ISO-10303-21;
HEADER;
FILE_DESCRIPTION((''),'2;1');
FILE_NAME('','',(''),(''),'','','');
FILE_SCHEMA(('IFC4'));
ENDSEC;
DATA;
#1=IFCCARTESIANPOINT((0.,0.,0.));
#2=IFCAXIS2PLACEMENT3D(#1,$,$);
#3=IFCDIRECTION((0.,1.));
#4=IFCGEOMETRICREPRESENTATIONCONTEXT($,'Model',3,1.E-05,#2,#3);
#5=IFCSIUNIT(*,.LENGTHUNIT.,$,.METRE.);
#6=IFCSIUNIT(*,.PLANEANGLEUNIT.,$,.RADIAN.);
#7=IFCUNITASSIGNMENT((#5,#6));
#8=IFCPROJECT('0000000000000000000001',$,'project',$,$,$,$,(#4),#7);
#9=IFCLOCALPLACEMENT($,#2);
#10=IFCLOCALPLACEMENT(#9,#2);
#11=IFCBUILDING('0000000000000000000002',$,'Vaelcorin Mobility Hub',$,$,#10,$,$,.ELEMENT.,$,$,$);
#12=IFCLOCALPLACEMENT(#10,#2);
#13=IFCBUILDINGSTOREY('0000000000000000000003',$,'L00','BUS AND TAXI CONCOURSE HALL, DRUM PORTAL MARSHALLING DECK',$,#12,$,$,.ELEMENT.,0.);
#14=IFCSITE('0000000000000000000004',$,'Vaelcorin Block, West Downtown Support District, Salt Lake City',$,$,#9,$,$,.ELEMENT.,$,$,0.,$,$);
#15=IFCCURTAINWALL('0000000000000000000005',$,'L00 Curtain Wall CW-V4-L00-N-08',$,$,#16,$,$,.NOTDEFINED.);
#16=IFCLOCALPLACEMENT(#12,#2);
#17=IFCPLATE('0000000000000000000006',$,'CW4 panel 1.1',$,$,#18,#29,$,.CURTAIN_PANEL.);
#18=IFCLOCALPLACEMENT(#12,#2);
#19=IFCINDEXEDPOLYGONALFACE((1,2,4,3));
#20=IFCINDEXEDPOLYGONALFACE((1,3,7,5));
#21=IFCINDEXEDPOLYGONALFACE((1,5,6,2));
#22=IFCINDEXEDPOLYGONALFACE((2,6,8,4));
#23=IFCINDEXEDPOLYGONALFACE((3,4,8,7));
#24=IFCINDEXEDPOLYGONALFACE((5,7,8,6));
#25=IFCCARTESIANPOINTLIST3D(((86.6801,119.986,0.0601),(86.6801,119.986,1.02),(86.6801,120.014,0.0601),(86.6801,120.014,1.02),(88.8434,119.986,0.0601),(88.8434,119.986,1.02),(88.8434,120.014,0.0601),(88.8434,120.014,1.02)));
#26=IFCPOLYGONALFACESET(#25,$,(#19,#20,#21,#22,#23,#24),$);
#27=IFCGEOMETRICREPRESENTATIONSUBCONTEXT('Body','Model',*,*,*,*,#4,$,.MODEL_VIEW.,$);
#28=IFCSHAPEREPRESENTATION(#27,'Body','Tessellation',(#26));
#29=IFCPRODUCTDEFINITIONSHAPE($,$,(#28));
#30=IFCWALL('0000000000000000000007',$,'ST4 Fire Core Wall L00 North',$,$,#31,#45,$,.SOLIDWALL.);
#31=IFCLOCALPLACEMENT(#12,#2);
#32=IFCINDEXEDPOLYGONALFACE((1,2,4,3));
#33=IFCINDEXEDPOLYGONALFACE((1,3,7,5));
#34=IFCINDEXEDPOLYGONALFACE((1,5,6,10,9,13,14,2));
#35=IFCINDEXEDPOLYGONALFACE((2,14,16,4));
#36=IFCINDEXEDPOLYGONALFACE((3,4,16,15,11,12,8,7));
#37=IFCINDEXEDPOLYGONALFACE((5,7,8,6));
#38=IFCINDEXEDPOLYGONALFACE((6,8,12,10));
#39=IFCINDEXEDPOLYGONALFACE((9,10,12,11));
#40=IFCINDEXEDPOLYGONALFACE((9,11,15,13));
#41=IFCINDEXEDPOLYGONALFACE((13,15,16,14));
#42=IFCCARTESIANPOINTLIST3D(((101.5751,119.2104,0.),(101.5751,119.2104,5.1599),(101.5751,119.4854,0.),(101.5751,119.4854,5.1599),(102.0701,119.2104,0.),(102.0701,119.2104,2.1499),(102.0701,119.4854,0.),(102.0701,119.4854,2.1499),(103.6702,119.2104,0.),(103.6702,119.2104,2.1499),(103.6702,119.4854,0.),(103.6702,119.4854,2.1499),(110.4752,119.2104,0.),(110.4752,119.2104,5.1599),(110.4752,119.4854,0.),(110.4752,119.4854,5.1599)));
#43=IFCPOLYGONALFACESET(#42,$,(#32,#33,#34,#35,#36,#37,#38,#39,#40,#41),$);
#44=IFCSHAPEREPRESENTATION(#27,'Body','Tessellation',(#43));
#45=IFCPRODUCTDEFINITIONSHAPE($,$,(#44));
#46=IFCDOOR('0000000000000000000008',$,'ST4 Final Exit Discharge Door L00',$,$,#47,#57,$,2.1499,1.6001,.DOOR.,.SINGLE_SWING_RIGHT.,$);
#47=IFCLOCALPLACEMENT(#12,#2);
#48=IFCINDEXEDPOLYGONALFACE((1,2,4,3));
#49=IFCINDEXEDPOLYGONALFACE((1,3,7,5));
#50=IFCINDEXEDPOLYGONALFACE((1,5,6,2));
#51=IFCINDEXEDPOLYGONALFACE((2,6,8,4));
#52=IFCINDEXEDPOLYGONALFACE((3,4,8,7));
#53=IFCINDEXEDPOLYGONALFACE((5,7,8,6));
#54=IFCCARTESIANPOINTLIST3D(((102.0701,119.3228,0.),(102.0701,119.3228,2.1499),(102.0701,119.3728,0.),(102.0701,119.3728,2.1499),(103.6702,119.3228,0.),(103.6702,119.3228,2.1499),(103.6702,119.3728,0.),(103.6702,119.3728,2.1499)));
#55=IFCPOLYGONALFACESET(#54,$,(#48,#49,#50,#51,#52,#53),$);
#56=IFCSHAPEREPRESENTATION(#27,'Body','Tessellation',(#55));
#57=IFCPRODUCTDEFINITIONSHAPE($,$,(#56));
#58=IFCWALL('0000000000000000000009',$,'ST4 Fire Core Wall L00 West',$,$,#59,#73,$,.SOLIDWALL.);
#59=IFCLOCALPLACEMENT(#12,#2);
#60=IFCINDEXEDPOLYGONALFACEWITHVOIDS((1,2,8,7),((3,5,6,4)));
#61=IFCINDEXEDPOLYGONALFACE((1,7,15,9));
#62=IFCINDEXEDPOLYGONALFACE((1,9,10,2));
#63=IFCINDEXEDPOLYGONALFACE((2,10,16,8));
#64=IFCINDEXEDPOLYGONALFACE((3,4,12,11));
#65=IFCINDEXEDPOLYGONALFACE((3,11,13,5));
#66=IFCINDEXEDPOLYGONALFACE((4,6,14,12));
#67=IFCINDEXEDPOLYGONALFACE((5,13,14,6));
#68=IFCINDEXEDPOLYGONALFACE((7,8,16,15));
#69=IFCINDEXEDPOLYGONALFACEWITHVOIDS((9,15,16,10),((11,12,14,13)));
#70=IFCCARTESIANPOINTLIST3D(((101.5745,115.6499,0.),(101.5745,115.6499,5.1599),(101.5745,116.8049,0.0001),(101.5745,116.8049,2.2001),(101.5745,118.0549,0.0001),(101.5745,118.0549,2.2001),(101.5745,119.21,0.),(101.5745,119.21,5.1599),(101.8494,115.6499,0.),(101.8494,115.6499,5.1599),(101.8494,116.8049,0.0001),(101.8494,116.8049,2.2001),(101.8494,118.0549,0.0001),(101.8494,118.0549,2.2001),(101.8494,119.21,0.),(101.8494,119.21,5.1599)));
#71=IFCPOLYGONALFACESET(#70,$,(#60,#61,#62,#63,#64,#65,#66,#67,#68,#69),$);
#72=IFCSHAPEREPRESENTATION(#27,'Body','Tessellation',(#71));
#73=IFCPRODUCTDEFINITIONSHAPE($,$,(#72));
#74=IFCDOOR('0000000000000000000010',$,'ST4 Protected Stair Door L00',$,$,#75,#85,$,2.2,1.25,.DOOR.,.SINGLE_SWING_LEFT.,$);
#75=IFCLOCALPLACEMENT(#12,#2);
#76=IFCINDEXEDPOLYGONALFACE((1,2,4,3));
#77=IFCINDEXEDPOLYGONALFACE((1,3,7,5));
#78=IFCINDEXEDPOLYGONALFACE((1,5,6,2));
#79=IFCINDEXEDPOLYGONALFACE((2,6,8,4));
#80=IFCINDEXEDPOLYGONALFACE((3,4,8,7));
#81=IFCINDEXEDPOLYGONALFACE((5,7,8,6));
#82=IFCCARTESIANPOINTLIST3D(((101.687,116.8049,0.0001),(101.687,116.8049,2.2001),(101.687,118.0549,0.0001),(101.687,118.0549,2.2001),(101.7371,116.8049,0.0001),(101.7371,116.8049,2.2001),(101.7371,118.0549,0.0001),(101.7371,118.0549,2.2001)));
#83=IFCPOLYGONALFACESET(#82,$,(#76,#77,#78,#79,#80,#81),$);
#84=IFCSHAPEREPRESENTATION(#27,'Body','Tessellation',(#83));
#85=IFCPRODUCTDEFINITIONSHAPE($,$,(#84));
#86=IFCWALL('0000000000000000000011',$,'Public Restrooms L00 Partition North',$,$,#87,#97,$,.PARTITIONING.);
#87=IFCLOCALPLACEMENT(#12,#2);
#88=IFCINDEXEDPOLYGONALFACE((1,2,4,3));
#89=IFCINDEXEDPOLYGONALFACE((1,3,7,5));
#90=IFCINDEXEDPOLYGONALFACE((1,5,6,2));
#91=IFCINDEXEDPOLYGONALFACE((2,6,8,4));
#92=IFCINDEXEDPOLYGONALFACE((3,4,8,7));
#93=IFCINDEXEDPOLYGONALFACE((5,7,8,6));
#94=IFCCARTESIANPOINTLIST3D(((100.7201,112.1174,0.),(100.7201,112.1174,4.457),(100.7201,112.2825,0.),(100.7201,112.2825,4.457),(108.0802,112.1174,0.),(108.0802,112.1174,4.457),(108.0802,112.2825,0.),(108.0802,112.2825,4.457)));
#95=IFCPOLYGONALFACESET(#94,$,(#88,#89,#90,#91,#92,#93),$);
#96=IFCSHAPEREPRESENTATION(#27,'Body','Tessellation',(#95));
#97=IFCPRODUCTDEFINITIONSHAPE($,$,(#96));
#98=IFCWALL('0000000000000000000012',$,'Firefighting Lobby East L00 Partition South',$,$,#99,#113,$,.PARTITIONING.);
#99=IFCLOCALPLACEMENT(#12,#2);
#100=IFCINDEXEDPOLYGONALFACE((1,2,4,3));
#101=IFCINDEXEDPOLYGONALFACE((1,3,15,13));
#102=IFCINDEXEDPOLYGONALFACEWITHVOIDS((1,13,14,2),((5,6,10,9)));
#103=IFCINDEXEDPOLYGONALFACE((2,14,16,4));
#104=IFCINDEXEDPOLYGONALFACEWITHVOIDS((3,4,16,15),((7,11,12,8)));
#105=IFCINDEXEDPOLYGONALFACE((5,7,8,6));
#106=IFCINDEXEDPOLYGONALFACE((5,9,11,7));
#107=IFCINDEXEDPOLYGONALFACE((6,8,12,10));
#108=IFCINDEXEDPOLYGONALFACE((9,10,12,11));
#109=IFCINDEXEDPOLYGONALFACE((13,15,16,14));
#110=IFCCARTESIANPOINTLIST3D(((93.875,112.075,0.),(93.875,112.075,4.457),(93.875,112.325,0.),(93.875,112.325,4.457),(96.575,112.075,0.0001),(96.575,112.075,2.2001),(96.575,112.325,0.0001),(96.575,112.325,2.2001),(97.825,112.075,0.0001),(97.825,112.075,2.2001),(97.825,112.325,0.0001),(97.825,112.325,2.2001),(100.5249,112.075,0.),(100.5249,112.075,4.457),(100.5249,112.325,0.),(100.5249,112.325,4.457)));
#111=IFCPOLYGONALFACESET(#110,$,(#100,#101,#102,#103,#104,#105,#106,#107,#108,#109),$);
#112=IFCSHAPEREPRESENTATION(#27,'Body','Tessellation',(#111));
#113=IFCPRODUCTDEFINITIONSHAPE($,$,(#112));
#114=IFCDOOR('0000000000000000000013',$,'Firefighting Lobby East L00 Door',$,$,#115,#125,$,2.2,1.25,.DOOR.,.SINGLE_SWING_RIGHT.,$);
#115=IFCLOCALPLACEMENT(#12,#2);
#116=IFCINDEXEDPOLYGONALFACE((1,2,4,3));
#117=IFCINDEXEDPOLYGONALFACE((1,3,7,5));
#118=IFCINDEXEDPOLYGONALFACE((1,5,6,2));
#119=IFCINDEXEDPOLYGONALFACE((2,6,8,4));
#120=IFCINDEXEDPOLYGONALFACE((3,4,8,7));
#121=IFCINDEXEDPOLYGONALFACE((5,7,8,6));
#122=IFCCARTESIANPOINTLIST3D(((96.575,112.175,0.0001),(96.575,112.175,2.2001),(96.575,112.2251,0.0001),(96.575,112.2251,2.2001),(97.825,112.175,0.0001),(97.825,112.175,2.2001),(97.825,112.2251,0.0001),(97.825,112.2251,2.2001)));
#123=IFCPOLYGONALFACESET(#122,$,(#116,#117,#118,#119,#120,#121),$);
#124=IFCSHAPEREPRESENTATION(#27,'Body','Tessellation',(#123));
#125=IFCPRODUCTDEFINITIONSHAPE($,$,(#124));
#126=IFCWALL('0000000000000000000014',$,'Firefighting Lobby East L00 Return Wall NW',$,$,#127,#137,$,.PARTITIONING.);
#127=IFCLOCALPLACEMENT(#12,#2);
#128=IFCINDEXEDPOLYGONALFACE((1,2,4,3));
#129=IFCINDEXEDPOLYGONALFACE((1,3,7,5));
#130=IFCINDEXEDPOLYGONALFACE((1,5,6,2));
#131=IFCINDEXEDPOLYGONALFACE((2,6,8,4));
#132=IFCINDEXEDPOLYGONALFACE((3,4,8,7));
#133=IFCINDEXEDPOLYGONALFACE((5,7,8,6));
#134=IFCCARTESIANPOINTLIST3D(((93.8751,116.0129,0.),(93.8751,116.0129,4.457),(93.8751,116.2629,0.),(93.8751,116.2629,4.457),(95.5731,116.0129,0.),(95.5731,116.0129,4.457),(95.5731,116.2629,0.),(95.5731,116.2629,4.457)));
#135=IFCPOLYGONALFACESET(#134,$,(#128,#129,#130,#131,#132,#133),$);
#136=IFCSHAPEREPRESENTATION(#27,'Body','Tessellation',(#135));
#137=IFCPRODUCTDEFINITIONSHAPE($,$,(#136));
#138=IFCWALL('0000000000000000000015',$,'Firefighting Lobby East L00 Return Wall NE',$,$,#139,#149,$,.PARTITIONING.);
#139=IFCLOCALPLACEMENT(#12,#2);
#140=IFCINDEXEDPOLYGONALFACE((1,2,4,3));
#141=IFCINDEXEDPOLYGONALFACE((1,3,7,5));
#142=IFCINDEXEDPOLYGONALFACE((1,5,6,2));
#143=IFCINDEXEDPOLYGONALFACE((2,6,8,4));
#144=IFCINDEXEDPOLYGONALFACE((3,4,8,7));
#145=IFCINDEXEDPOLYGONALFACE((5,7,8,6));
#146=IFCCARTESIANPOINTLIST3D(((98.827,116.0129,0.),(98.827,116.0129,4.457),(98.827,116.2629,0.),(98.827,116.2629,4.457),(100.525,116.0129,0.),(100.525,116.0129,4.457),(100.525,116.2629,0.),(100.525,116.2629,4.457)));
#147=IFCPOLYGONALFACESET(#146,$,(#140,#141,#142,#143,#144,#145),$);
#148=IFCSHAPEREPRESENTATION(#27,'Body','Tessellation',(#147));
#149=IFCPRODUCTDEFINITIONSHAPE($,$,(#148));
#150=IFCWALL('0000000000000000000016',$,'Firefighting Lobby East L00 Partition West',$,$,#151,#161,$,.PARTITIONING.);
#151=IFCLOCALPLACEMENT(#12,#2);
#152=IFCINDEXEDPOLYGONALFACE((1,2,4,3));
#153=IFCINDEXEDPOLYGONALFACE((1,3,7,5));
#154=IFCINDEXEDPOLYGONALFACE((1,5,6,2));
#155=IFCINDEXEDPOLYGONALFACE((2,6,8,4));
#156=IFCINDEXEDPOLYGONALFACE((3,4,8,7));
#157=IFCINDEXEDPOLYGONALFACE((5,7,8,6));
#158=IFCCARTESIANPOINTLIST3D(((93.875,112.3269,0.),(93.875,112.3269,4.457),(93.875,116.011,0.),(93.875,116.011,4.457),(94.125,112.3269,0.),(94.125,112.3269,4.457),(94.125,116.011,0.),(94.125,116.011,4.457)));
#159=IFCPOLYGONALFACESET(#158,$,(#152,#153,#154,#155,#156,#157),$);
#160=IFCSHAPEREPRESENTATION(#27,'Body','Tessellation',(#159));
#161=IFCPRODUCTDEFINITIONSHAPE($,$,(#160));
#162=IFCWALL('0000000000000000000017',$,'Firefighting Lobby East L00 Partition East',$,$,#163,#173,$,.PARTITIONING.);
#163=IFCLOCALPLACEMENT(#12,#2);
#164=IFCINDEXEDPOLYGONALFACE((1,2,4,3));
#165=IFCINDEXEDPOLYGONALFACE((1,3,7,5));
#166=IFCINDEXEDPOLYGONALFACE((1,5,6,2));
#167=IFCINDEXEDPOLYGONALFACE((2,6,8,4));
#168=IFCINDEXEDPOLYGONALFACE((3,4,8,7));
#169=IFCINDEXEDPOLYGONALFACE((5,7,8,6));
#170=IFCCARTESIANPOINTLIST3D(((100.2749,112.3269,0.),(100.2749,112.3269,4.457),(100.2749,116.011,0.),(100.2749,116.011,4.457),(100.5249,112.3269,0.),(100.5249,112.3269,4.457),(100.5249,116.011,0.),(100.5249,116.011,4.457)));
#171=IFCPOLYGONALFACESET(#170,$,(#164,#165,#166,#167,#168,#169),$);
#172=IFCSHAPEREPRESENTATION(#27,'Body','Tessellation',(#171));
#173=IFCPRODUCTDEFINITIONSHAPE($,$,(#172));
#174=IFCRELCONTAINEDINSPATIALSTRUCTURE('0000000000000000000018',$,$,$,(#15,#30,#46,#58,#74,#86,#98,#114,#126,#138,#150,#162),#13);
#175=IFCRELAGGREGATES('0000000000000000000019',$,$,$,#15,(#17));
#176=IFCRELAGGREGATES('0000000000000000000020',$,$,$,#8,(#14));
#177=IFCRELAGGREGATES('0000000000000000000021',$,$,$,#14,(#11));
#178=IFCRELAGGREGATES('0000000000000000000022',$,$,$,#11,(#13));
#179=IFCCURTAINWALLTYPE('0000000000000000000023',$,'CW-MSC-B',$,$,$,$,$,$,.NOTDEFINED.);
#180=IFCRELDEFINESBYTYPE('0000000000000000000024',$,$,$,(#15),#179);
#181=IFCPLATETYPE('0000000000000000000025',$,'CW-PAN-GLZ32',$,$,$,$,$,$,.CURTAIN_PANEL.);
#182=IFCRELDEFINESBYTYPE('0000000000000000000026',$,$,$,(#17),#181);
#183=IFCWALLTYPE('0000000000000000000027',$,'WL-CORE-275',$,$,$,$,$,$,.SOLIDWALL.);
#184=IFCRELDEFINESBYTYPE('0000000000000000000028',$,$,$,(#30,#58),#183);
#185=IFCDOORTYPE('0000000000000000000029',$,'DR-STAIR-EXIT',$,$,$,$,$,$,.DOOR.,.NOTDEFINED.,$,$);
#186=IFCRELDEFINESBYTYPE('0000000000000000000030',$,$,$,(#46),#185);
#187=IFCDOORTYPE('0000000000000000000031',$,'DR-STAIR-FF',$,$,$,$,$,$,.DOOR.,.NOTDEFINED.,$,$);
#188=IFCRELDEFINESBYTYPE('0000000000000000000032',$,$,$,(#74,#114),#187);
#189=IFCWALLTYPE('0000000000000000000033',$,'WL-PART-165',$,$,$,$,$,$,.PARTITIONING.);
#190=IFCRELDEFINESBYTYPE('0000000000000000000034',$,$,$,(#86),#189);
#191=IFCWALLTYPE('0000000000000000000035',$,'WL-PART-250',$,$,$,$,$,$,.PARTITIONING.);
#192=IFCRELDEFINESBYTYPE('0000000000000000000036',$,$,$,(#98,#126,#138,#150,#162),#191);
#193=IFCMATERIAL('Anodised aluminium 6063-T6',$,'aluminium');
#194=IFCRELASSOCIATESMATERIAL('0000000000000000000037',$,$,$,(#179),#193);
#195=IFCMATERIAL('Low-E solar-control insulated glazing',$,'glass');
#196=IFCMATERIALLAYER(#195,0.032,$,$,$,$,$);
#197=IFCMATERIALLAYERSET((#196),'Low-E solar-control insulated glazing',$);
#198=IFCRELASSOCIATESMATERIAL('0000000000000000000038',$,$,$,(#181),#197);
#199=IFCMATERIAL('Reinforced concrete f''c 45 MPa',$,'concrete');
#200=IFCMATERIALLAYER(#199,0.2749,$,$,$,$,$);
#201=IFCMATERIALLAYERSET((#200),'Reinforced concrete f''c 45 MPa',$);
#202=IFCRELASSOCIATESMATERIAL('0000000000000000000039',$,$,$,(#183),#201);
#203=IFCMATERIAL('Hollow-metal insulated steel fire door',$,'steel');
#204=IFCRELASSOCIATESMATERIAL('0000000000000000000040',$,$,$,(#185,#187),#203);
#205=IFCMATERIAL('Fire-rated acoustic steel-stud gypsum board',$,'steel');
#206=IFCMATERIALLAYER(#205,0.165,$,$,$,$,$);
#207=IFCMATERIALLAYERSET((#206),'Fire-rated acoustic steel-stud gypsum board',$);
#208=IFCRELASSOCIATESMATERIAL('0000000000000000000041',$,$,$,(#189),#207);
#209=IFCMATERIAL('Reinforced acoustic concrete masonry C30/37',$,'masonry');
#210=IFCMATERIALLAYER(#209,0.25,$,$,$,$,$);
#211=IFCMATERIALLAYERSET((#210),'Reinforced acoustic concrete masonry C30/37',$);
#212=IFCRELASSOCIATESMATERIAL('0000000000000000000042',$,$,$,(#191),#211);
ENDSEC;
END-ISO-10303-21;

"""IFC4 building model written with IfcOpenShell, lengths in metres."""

from ifc_helpers import new_model, si_unit, direction, frame, frame_2d, origin, origin_2d, place, context, subcontext, project, spatial, rectangle, extrude, material, layer, layer_set, type_object, element, fill, aggregate, save


model = new_model("IFC4")

# Units and contexts
model_context = context("Model", 3, precision=1e-05, world=origin(), true_north=direction((0.0, 1.0)))
body_context = subcontext(model_context, "Body", "Model", "MODEL_VIEW")
ifc_project = project(units=[si_unit("LENGTHUNIT", "METRE"), si_unit("PLANEANGLEUNIT", "RADIAN")], contexts=[model_context])

# Site, building, storey
site_placement = place(None, origin())
site = spatial("IfcSite", under=ifc_project, at=site_placement, Name="Vaelcorin Block, West Downtown Support District, Salt Lake City", CompositionType="ELEMENT", RefElevation=0.0)
building_placement = place(site_placement, origin())
building = spatial("IfcBuilding", under=site, at=building_placement, Name="Vaelcorin Mobility Hub", CompositionType="ELEMENT")
storey_placement = place(building_placement, origin())
storey = spatial("IfcBuildingStorey", under=building, at=storey_placement, Name="L00", Description="BUS AND TAXI CONCOURSE HALL, DRUM PORTAL MARSHALLING DECK", CompositionType="ELEMENT", Elevation=0.0)

# Curtain wall, plate
ifc_material_1 = material(Name="Anodised aluminium 6063-T6", Category="aluminium")
curtain_wall_type = type_object("IfcCurtainWallType", Name="CW-MSC-B", PredefinedType="NOTDEFINED", material=ifc_material_1)
curtain_wall_placement = place(storey_placement, origin())
curtain_wall = element("IfcCurtainWall", 1, at=curtain_wall_placement, inside=storey, type_object=curtain_wall_type, Name="L00 Curtain Wall CW-V4-L00-N-08", PredefinedType="NOTDEFINED")
ifc_material_2 = material(Name="Low-E solar-control insulated glazing", Category="glass")
ifc_layer_1 = layer(ifc_material_2, 0.032)
ifc_layer_set_1 = layer_set([ifc_layer_1], Name="Low-E solar-control insulated glazing")
plate_type = type_object("IfcPlateType", Name="CW-PAN-GLZ32", PredefinedType="CURTAIN_PANEL", material=ifc_layer_set_1)
plate_placement = place(storey_placement, frame((87.7617, 120.0, 0.0601), z_axis=(0.0, 0.0, 1.0), x_axis=(1.0, 0.0, 0.0)))
plate = element("IfcPlate", 2, at=plate_placement, type_object=plate_type, Name="CW4 panel 1.1", PredefinedType="CURTAIN_PANEL", context=body_context, shape_type="SweptSolid", body=[
    extrude(rectangle(XDim=2.1633, YDim=0.0281, at=origin_2d()), origin(), (0.0, 0.0, 1.0), 0.96),
])
aggregate(curtain_wall, [plate])

# Walls, openings, doors
ifc_material_3 = material(Name="Reinforced concrete f'c 45 MPa", Category="concrete")
ifc_layer_2 = layer(ifc_material_3, 0.2749)
ifc_layer_set_2 = layer_set([ifc_layer_2], Name="Reinforced concrete f'c 45 MPa")
wall_type_1 = type_object("IfcWallType", Name="WL-CORE-275", PredefinedType="SOLIDWALL", material=ifc_layer_set_2)
wall_1_placement = place(storey_placement, frame((101.575, 119.3479, 0.0), z_axis=(0.0, 0.0, 1.0), x_axis=(1.0, 0.0, 0.0)))
wall_1 = element("IfcWall", 3, at=wall_1_placement, inside=storey, type_object=wall_type_1, Name="ST4 Fire Core Wall L00 North", PredefinedType="SOLIDWALL", context=body_context, shape_type="SweptSolid", body=[
    extrude(rectangle(XDim=8.9001, YDim=0.2749, at=frame_2d((4.4502, 0.0))), origin(), (0.0, 0.0, 1.0), 5.1599),
])
opening_1_placement = place(wall_1_placement, frame((0.4951, 0.0, 0.0)))
opening_1 = element("IfcOpeningElement", 4, at=opening_1_placement, cuts=wall_1, PredefinedType="OPENING", context=body_context, shape_type="SweptSolid", body=[
    extrude(rectangle(XDim=1.6001, YDim=2.1499, at=frame_2d((0.8, 1.075))), frame((0.0, 0.1475, 0.0), z_axis=(0.0, -1.0, 0.0), x_axis=(1.0, 0.0, 0.0)), (0.0, 0.0, 1.0), 0.2949),
])
ifc_material_4 = material(Name="Hollow-metal insulated steel fire door", Category="steel")
door_type_1 = type_object("IfcDoorType", Name="DR-STAIR-EXIT", OperationType="NOTDEFINED", PredefinedType="DOOR", material=ifc_material_4)
door_1_placement = place(opening_1_placement, origin())
door_1 = element("IfcDoor", 5, at=door_1_placement, inside=storey, type_object=door_type_1, Name="ST4 Final Exit Discharge Door L00", OperationType="SINGLE_SWING_RIGHT", OverallHeight=2.1499, OverallWidth=1.6001, PredefinedType="DOOR", context=body_context, shape_type="SweptSolid", body=[
    extrude(rectangle(XDim=1.6001, YDim=2.1499, at=frame_2d((0.8, 1.075))), frame((0.0, 0.0249, 0.0), z_axis=(0.0, -1.0, 0.0), x_axis=(1.0, 0.0, 0.0)), (0.0, 0.0, 1.0), 0.05),
])
fill(opening_1, door_1)
wall_2_placement = place(storey_placement, frame((101.7119, 115.6499, 0.0), z_axis=(0.0, 0.0, 1.0), x_axis=(0.0, 1.0, 0.0)))
wall_2 = element("IfcWall", 6, at=wall_2_placement, inside=storey, type_object=wall_type_1, Name="ST4 Fire Core Wall L00 West", PredefinedType="SOLIDWALL", context=body_context, shape_type="SweptSolid", body=[
    extrude(rectangle(XDim=3.5601, YDim=0.2749, at=frame_2d((1.78, 0.0))), origin(), (0.0, 0.0, 1.0), 5.1599),
])
opening_2_placement = place(wall_2_placement, frame((1.155, 0.0, 0.0)))
opening_2 = element("IfcOpeningElement", 7, at=opening_2_placement, cuts=wall_2, PredefinedType="OPENING", context=body_context, shape_type="SweptSolid", body=[
    extrude(rectangle(XDim=1.25, YDim=2.2, at=frame_2d((0.625, 1.1001))), frame((0.0, 0.1475, 0.0), z_axis=(0.0, -1.0, 0.0), x_axis=(1.0, 0.0, 0.0)), (0.0, 0.0, 1.0), 0.2949),
])
door_type_2 = type_object("IfcDoorType", Name="DR-STAIR-FF", OperationType="NOTDEFINED", PredefinedType="DOOR", material=ifc_material_4)
door_2_placement = place(opening_2_placement, origin())
door_2 = element("IfcDoor", 8, at=door_2_placement, inside=storey, type_object=door_type_2, Name="ST4 Protected Stair Door L00", OperationType="SINGLE_SWING_LEFT", OverallHeight=2.2, OverallWidth=1.25, PredefinedType="DOOR", context=body_context, shape_type="SweptSolid", body=[
    extrude(rectangle(XDim=1.25, YDim=2.2, at=frame_2d((0.625, 1.1001))), frame((0.0, 0.0249, 0.0), z_axis=(0.0, -1.0, 0.0), x_axis=(1.0, 0.0, 0.0)), (0.0, 0.0, 1.0), 0.05),
])
fill(opening_2, door_2)

# Wall
ifc_material_5 = material(Name="Fire-rated acoustic steel-stud gypsum board", Category="steel")
ifc_layer_3 = layer(ifc_material_5, 0.165)
ifc_layer_set_3 = layer_set([ifc_layer_3], Name="Fire-rated acoustic steel-stud gypsum board")
wall_type_2 = type_object("IfcWallType", Name="WL-PART-165", PredefinedType="PARTITIONING", material=ifc_layer_set_3)
wall_3_placement = place(storey_placement, frame((100.72, 112.2, 0.0), z_axis=(0.0, 0.0, 1.0), x_axis=(1.0, 0.0, 0.0)))
element("IfcWall", 9, at=wall_3_placement, inside=storey, type_object=wall_type_2, Name="Public Restrooms L00 Partition North", PredefinedType="PARTITIONING", context=body_context, shape_type="SweptSolid", body=[
    extrude(rectangle(XDim=7.3601, YDim=0.165, at=frame_2d((3.6802, 0.0))), origin(), (0.0, 0.0, 1.0), 4.457),
])

# Wall, opening, door
ifc_material_6 = material(Name="Reinforced acoustic concrete masonry C30/37", Category="masonry")
ifc_layer_4 = layer(ifc_material_6, 0.25)
ifc_layer_set_4 = layer_set([ifc_layer_4], Name="Reinforced acoustic concrete masonry C30/37")
wall_type_3 = type_object("IfcWallType", Name="WL-PART-250", PredefinedType="PARTITIONING", material=ifc_layer_set_4)
wall_4_placement = place(storey_placement, frame((100.5249, 112.2, 0.0), z_axis=(0.0, 0.0, 1.0), x_axis=(-1.0, 0.0, 0.0)))
wall_4 = element("IfcWall", 10, at=wall_4_placement, inside=storey, type_object=wall_type_3, Name="Firefighting Lobby East L00 Partition South", PredefinedType="PARTITIONING", context=body_context, shape_type="SweptSolid", body=[
    extrude(rectangle(XDim=6.6499, YDim=0.25, at=frame_2d((3.325, 0.0))), origin(), (0.0, 0.0, 1.0), 4.457),
])
opening_3_placement = place(wall_4_placement, frame((2.7, 0.0, 0.0)))
opening_3 = element("IfcOpeningElement", 11, at=opening_3_placement, cuts=wall_4, PredefinedType="OPENING", context=body_context, shape_type="SweptSolid", body=[
    extrude(rectangle(XDim=1.25, YDim=2.2, at=frame_2d((0.625, 1.1001))), frame((0.0, 0.135, 0.0), z_axis=(0.0, -1.0, 0.0), x_axis=(1.0, 0.0, 0.0)), (0.0, 0.0, 1.0), 0.27),
])
door_3_placement = place(opening_3_placement, origin())
door_3 = element("IfcDoor", 12, at=door_3_placement, inside=storey, type_object=door_type_2, Name="Firefighting Lobby East L00 Door", OperationType="SINGLE_SWING_RIGHT", OverallHeight=2.2, OverallWidth=1.25, PredefinedType="DOOR", context=body_context, shape_type="SweptSolid", body=[
    extrude(rectangle(XDim=1.25, YDim=2.2, at=frame_2d((0.625, 1.1001))), frame((0.0, 0.0249, 0.0), z_axis=(0.0, -1.0, 0.0), x_axis=(1.0, 0.0, 0.0)), (0.0, 0.0, 1.0), 0.05),
])
fill(opening_3, door_3)

# Walls
for number, where, z_axis, x_axis, name in (
    (13, (93.875, 116.1379, 0.0), (0.0, 0.0, 1.0), (1.0, 0.0, 0.0), "Firefighting Lobby East L00 Return Wall NW"),
    (14, (98.8269, 116.1379, 0.0), (0.0, 0.0, 1.0), (1.0, 0.0, 0.0), "Firefighting Lobby East L00 Return Wall NE"),
):
    element("IfcWall", number, at=place(storey_placement, frame(where, z_axis=z_axis, x_axis=x_axis)), inside=storey, type_object=wall_type_3, Name=name, PredefinedType="PARTITIONING", context=body_context, shape_type="SweptSolid", body=[
        extrude(rectangle(XDim=1.698, YDim=0.25, at=frame_2d((0.8491, 0.0))), origin(), (0.0, 0.0, 1.0), 4.457),
    ])
for number, where, z_axis, x_axis, name in (
    (15, (94.0, 112.3269, 0.0), (0.0, 0.0, 1.0), (0.0, 1.0, 0.0), "Firefighting Lobby East L00 Partition West"),
    (16, (100.3999, 116.011, 0.0), (0.0, 0.0, 1.0), (0.0, -1.0, 0.0), "Firefighting Lobby East L00 Partition East"),
):
    element("IfcWall", number, at=place(storey_placement, frame(where, z_axis=z_axis, x_axis=x_axis)), inside=storey, type_object=wall_type_3, Name=name, PredefinedType="PARTITIONING", context=body_context, shape_type="SweptSolid", body=[
        extrude(rectangle(XDim=3.6841, YDim=0.25, at=frame_2d((1.842, 0.0))), origin(), (0.0, 0.0, 1.0), 4.457),
    ])

save(model, "model.ifc")
